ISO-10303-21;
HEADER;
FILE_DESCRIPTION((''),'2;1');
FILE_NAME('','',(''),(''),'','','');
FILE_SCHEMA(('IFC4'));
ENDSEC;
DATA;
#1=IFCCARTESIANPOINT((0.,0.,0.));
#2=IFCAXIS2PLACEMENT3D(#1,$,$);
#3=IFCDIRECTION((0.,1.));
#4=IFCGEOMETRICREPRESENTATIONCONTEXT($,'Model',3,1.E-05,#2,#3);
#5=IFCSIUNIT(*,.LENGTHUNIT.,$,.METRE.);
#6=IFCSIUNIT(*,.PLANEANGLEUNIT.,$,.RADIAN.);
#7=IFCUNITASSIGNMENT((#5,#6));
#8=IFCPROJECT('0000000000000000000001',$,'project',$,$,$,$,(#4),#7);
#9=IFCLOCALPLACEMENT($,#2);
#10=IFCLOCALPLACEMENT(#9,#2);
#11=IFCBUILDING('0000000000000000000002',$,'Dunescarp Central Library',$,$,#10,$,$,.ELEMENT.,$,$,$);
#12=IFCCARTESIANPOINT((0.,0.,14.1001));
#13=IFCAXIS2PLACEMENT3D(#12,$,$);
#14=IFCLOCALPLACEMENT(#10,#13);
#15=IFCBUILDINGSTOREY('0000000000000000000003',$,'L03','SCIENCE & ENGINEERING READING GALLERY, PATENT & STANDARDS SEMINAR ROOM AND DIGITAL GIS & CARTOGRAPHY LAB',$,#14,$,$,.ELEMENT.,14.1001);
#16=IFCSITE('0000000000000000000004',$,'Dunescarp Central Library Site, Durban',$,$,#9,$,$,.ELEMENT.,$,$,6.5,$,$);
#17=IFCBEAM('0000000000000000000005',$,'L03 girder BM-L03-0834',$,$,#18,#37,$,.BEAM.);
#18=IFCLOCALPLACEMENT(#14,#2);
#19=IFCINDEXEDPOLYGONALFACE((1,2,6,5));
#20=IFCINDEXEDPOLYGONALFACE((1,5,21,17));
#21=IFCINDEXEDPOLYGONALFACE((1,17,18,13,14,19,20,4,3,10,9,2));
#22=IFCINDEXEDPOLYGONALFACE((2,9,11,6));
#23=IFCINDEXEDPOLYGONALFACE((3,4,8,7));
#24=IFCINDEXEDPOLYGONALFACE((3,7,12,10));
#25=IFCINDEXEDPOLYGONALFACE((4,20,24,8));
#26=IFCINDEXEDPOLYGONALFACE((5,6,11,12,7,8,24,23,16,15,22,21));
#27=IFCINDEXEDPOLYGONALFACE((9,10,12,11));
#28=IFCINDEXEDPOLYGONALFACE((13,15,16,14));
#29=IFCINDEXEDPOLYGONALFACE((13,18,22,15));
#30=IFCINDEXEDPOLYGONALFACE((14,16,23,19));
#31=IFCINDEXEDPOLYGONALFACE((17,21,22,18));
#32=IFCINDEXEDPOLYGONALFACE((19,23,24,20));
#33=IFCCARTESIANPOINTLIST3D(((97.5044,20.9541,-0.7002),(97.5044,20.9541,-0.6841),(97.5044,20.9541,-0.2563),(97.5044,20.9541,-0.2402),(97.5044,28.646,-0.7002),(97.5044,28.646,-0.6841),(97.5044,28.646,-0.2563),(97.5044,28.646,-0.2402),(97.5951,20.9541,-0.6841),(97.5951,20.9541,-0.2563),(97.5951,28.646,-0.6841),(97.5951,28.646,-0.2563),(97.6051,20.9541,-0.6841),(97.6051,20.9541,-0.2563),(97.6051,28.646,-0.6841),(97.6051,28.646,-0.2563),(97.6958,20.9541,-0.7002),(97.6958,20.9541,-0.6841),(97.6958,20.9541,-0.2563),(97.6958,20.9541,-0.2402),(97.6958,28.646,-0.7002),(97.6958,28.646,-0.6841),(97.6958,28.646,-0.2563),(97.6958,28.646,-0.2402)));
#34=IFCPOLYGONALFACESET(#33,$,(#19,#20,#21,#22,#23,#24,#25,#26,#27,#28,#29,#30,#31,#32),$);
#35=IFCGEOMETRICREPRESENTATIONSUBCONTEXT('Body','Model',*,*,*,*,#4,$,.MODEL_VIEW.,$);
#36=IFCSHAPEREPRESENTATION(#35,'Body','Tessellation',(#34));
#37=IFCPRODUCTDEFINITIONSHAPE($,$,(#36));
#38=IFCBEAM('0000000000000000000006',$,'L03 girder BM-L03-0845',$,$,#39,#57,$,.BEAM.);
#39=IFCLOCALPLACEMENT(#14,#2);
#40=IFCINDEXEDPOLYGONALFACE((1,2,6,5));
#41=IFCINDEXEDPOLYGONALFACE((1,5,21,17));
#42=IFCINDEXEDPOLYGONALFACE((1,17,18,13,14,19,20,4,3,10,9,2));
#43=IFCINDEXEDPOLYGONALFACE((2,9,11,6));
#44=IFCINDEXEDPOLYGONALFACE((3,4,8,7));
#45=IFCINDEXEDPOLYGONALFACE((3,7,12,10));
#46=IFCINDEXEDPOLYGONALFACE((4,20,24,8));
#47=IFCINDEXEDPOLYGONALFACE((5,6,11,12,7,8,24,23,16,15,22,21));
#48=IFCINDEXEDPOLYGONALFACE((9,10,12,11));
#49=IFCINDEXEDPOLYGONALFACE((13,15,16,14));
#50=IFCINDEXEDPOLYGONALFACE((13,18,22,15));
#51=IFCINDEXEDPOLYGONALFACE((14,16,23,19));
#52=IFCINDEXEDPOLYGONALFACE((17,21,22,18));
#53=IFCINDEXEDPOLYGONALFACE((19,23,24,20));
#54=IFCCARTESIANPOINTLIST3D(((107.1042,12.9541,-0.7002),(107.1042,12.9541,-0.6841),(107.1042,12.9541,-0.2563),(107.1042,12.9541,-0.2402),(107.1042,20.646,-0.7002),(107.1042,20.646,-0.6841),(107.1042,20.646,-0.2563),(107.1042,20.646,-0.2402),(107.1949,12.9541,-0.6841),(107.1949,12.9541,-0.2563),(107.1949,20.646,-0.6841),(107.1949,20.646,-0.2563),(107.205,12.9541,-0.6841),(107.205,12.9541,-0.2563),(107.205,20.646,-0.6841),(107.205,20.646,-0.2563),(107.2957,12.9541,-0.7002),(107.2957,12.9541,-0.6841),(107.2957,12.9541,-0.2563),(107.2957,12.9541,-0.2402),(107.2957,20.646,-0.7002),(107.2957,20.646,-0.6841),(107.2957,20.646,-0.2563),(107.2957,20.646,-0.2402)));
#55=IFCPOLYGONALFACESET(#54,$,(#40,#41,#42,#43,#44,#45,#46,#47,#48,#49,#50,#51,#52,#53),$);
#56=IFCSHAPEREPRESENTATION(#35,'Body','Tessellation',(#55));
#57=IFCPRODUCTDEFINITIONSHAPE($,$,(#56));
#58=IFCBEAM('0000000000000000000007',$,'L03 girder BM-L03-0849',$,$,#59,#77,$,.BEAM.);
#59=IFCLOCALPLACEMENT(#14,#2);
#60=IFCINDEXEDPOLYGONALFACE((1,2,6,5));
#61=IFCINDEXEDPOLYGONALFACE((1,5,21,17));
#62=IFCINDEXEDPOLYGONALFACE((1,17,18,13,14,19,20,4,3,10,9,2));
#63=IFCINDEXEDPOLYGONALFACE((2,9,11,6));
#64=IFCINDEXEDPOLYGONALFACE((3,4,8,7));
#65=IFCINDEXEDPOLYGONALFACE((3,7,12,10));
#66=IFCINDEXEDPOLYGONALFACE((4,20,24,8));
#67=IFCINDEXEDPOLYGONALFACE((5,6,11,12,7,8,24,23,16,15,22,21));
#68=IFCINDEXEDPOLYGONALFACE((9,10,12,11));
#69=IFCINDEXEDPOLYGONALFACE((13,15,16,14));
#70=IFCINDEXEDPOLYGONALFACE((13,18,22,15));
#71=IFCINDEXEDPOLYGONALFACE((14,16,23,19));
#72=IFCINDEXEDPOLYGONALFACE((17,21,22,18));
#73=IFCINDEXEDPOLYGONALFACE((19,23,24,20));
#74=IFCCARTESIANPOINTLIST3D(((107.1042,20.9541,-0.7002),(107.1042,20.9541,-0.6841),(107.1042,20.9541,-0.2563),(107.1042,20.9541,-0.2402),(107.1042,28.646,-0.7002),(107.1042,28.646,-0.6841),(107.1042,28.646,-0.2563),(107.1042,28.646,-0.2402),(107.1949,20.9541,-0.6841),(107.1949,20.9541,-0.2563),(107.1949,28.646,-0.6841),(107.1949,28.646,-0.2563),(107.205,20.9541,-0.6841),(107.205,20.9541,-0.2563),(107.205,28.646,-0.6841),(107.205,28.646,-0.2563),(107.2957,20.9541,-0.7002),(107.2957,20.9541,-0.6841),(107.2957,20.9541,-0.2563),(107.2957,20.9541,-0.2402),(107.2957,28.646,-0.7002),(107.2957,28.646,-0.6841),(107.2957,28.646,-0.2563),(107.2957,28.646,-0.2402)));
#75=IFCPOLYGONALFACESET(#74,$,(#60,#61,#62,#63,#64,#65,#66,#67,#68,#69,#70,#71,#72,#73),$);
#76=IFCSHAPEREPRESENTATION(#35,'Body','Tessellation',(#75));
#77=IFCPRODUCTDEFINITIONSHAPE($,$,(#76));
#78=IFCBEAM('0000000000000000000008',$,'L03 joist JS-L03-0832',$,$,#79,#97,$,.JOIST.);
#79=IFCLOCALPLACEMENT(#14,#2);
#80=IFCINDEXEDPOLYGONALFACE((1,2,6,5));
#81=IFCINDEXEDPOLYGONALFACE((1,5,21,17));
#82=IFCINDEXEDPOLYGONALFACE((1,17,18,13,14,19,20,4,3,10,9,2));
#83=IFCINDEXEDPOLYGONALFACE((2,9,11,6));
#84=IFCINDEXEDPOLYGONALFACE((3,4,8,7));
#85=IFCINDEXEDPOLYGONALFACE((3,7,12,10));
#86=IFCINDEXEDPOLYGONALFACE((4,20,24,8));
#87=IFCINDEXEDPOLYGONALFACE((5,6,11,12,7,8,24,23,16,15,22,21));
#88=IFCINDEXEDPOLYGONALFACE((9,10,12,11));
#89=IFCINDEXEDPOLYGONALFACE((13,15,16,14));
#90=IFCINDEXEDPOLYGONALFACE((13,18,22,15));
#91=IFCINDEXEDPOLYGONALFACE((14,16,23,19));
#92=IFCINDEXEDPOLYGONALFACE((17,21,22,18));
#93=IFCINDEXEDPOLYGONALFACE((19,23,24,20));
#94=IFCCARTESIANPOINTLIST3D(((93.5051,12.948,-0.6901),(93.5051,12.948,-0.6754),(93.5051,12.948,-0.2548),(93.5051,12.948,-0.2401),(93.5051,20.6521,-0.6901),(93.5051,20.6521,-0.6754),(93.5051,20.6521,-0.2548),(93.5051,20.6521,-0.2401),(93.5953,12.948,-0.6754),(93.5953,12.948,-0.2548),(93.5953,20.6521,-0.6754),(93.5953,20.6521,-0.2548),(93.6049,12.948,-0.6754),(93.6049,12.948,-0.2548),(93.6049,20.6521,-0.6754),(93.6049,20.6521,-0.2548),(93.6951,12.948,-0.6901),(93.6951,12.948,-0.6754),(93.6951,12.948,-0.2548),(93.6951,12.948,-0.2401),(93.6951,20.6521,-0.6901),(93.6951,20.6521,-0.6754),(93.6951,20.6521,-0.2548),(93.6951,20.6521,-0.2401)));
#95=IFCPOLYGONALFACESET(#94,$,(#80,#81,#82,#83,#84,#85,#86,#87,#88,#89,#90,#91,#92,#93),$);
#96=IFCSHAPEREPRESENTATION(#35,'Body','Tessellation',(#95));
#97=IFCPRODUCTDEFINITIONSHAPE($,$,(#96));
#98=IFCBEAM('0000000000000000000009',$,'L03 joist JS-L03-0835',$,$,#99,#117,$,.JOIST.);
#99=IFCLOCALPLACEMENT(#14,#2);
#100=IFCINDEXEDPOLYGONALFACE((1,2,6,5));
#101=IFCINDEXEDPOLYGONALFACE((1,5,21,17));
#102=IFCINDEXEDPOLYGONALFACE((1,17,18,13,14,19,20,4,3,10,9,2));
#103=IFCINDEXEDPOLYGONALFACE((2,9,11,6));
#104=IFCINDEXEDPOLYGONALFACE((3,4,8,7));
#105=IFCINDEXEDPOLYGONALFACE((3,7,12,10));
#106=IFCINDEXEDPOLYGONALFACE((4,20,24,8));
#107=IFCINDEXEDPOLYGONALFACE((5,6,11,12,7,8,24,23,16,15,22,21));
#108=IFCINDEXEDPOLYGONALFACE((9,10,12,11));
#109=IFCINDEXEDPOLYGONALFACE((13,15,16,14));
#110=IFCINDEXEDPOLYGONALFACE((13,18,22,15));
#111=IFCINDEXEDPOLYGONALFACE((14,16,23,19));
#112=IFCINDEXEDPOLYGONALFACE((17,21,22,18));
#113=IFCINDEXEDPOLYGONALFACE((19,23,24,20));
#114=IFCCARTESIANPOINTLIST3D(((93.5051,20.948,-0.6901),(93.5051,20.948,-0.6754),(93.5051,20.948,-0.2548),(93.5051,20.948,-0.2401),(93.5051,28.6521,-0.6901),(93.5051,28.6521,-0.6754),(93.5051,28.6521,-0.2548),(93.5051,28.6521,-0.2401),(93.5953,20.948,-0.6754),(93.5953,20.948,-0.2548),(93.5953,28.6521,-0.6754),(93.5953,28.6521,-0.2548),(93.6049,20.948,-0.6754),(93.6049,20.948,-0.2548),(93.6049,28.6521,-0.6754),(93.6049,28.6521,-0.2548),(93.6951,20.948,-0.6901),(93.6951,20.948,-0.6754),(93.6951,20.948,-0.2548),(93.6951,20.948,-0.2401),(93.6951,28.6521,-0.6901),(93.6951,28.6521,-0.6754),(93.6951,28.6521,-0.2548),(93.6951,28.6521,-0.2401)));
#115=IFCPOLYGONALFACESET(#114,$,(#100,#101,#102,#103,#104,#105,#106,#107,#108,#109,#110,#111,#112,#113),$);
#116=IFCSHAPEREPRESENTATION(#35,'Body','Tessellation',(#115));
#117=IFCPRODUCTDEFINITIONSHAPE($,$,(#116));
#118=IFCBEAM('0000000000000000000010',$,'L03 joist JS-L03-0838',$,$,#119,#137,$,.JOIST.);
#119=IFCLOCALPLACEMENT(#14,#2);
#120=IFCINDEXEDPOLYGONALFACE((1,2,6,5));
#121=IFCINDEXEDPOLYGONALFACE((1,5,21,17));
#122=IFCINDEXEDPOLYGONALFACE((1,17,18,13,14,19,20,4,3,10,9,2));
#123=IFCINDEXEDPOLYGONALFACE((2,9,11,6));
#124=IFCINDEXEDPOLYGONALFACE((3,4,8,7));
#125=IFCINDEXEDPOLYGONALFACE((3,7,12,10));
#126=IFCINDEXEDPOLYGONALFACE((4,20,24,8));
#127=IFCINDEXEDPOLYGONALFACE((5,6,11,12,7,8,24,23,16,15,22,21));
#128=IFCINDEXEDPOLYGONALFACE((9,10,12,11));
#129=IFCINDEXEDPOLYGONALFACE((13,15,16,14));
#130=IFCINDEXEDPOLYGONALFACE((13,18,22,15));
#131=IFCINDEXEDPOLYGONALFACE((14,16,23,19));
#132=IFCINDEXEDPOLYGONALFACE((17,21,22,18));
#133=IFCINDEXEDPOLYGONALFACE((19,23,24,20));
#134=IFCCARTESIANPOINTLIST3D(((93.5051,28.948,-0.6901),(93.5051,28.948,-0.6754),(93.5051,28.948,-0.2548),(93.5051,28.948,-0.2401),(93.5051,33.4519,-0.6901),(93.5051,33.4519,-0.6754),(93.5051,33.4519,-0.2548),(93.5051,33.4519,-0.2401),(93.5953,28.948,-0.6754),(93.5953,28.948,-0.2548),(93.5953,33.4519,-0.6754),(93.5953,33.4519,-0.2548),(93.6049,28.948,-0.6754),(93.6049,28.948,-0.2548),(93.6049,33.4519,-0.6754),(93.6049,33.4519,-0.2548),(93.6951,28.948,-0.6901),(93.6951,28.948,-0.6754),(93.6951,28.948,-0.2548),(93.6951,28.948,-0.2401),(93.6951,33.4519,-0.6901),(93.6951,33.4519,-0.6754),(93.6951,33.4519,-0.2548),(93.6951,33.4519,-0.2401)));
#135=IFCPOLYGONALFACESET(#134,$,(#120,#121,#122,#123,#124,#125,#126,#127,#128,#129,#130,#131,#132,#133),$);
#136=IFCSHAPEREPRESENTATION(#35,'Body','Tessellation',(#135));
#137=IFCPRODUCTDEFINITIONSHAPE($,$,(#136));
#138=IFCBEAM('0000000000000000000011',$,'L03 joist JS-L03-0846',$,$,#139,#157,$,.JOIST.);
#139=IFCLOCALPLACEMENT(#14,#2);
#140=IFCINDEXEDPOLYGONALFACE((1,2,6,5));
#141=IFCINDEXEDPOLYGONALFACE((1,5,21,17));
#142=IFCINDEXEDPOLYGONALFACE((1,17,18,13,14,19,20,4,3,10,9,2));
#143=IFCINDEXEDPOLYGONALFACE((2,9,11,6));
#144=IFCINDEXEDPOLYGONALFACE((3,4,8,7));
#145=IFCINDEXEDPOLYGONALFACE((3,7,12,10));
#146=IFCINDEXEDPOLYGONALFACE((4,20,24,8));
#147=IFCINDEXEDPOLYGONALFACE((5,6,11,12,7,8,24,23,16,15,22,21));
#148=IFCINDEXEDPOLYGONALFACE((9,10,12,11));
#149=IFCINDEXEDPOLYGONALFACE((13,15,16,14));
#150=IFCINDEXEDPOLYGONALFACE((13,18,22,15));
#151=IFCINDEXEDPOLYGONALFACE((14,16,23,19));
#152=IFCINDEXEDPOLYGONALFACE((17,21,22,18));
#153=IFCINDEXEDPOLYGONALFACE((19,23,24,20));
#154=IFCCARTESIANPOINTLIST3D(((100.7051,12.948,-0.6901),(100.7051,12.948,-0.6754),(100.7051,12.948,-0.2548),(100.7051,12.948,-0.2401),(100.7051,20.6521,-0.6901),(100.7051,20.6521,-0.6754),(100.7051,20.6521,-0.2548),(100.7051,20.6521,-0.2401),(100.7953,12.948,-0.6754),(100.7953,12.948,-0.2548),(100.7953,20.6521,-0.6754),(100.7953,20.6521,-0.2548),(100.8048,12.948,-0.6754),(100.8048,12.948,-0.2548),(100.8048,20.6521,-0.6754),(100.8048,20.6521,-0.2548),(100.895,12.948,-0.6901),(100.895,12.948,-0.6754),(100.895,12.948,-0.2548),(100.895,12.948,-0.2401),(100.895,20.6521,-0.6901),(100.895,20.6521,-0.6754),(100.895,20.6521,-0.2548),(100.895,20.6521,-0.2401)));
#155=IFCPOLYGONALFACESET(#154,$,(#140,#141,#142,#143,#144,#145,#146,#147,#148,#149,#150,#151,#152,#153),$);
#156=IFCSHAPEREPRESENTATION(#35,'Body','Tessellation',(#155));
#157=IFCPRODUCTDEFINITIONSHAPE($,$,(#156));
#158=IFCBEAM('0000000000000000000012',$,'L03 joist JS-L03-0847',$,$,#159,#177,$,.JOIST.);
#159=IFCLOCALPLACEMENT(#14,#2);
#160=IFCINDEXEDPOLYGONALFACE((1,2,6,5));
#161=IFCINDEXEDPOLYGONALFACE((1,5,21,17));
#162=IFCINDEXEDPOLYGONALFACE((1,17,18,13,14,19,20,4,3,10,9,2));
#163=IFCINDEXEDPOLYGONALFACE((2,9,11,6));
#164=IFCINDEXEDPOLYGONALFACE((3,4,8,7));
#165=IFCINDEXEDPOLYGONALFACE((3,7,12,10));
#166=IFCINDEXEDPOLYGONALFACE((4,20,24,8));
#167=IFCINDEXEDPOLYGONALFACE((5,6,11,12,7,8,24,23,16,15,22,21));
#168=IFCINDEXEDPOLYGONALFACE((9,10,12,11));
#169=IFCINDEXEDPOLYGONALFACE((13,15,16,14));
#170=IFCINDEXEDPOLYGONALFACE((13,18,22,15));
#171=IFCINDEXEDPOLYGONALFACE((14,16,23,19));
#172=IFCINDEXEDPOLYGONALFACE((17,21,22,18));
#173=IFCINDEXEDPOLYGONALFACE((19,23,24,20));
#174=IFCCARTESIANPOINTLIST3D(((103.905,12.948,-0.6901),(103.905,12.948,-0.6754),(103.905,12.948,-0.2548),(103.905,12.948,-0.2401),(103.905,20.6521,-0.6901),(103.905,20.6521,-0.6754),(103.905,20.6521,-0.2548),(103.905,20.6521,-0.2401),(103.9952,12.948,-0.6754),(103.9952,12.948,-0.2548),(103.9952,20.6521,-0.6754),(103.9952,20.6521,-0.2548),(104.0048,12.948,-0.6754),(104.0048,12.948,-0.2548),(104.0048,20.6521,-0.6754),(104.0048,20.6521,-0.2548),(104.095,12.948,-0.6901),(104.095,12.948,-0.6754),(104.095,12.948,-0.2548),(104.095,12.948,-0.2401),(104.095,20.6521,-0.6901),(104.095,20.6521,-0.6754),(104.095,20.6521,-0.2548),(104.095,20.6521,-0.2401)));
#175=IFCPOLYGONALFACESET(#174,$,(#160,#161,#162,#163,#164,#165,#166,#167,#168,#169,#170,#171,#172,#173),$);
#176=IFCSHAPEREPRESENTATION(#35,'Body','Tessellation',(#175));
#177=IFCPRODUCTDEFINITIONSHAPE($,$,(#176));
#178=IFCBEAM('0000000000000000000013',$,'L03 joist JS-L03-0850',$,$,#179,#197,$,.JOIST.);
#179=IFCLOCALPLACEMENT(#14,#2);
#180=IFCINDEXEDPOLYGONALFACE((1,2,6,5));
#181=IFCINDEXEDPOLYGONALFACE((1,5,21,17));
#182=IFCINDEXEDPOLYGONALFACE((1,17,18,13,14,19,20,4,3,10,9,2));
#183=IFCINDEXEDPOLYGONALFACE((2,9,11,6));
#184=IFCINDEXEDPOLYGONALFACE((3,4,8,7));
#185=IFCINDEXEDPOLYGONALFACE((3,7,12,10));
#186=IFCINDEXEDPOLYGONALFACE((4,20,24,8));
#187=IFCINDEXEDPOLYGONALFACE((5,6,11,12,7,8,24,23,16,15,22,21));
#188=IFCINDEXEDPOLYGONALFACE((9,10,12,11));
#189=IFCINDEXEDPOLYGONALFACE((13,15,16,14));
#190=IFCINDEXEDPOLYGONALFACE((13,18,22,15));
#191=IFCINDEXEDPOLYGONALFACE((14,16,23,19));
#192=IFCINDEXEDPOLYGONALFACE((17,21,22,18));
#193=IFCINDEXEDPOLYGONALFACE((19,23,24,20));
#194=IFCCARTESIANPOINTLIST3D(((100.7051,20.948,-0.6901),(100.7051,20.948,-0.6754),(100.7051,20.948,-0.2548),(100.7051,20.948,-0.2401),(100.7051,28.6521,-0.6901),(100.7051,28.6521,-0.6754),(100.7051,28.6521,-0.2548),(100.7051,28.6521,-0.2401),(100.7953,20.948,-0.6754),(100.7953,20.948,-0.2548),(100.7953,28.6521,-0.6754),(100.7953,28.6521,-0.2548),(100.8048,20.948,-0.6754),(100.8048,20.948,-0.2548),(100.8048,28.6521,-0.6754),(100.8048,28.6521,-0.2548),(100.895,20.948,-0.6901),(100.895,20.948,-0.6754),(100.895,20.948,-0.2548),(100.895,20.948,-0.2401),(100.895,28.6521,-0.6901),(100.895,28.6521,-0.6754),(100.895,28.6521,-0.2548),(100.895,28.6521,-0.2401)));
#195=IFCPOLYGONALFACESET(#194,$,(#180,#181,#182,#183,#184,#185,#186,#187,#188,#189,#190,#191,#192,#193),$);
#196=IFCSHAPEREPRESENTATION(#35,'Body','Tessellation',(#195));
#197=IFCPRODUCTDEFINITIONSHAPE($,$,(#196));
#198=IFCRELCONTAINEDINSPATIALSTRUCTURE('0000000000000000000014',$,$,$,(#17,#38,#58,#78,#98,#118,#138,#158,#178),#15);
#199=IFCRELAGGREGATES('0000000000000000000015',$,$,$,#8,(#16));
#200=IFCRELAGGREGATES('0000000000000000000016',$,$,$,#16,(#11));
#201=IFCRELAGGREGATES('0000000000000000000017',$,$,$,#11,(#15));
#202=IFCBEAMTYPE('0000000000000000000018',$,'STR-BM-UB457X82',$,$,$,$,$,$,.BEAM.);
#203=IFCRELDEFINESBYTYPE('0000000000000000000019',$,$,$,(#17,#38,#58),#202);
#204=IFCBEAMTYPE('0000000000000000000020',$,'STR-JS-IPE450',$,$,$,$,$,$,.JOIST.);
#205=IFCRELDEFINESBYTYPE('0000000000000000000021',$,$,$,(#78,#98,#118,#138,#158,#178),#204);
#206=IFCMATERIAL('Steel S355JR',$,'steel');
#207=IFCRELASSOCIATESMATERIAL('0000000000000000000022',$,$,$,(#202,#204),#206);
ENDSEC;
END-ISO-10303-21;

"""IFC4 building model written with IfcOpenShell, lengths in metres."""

from ifc_helpers import new_model, si_unit, direction, frame, origin, origin_2d, place, context, subcontext, project, spatial, i_section, extrude, material, material_profile, profile_set, type_object, element, save


model = new_model("IFC4")

# Units and contexts
model_context = context("Model", 3, precision=1e-05, world=origin(), true_north=direction((0.0, 1.0)))
body_context = subcontext(model_context, "Body", "Model", "MODEL_VIEW")
ifc_project = project(units=[si_unit("LENGTHUNIT", "METRE"), si_unit("PLANEANGLEUNIT", "RADIAN")], contexts=[model_context])

# Site, building, storey
site_placement = place(None, origin())
site = spatial("IfcSite", under=ifc_project, at=site_placement, Name="Dunescarp Central Library Site, Durban", CompositionType="ELEMENT", RefElevation=6.5)
building_placement = place(site_placement, origin())
building = spatial("IfcBuilding", under=site, at=building_placement, Name="Dunescarp Central Library", CompositionType="ELEMENT")
storey_placement = place(building_placement, frame((0.0, 0.0, 14.1001)))
storey = spatial("IfcBuildingStorey", under=building, at=storey_placement, Name="L03", Description="SCIENCE & ENGINEERING READING GALLERY, PATENT & STANDARDS SEMINAR ROOM AND DIGITAL GIS & CARTOGRAPHY LAB", CompositionType="ELEMENT", Elevation=14.1001)

# Shared definitions
ifc_material = material(Name="Steel S355JR", Category="steel")

# Beams
ifc_material_profile_1 = material_profile(ifc_material, i_section(OverallWidth=0.1914, OverallDepth=0.46, WebThickness=0.01, FlangeThickness=0.0161, at=origin_2d()), Name="UB 457x191x82")
ifc_profile_set_1 = profile_set([ifc_material_profile_1], Name="Steel S355JR")
beam_type_1 = type_object("IfcBeamType", Name="STR-BM-UB457X82", PredefinedType="BEAM", material=ifc_profile_set_1)
for number, where, z_axis, x_axis, name in (
    (1, (97.6001, 20.9541, -0.4702), (0.0, 1.0, 0.0), (-1.0, 0.0, 0.0), "L03 girder BM-L03-0834"),
    (2, (107.2, 12.9541, -0.4702), (0.0, 1.0, 0.0), (-1.0, 0.0, 0.0), "L03 girder BM-L03-0845"),
    (3, (107.2, 20.9541, -0.4702), (0.0, 1.0, 0.0), (-1.0, 0.0, 0.0), "L03 girder BM-L03-0849"),
):
    element("IfcBeam", number, at=place(storey_placement, frame(where, z_axis=z_axis, x_axis=x_axis)), inside=storey, type_object=beam_type_1, Name=name, PredefinedType="BEAM", context=body_context, shape_type="SweptSolid", body=[
        extrude(i_section(OverallWidth=0.1914, OverallDepth=0.46, WebThickness=0.01, FlangeThickness=0.0161, at=origin_2d()), origin(), (0.0, 0.0, 1.0), 7.6919),
    ])
ifc_material_profile_2 = material_profile(ifc_material, i_section(OverallWidth=0.1899, OverallDepth=0.45, WebThickness=0.0095, FlangeThickness=0.0146, at=origin_2d()), Name="IPE 450")
ifc_profile_set_2 = profile_set([ifc_material_profile_2], Name="Steel S355JR")
beam_type_2 = type_object("IfcBeamType", Name="STR-JS-IPE450", PredefinedType="JOIST", material=ifc_profile_set_2)
for number, where, z_axis, x_axis, name in (
    (4, (93.6001, 12.948, -0.4651), (0.0, 1.0, 0.0), (-1.0, 0.0, 0.0), "L03 joist JS-L03-0832"),
    (5, (93.6001, 20.948, -0.4651), (0.0, 1.0, 0.0), (-1.0, 0.0, 0.0), "L03 joist JS-L03-0835"),
):
    element("IfcBeam", number, at=place(storey_placement, frame(where, z_axis=z_axis, x_axis=x_axis)), inside=storey, type_object=beam_type_2, Name=name, PredefinedType="JOIST", context=body_context, shape_type="SweptSolid", body=[
        extrude(i_section(OverallWidth=0.1899, OverallDepth=0.45, WebThickness=0.0095, FlangeThickness=0.0146, at=origin_2d()), origin(), (0.0, 0.0, 1.0), 7.7041),
    ])
beam_1_placement = place(storey_placement, frame((93.6001, 28.948, -0.4651), z_axis=(0.0, 1.0, 0.0), x_axis=(-1.0, 0.0, 0.0)))
element("IfcBeam", 6, at=beam_1_placement, inside=storey, type_object=beam_type_2, Name="L03 joist JS-L03-0838", PredefinedType="JOIST", context=body_context, shape_type="SweptSolid", body=[
    extrude(i_section(OverallWidth=0.1899, OverallDepth=0.45, WebThickness=0.0095, FlangeThickness=0.0146, at=origin_2d()), origin(), (0.0, 0.0, 1.0), 4.5039),
])
for number, where, z_axis, x_axis, name in (
    (7, (100.8, 12.948, -0.4651), (0.0, 1.0, 0.0), (-1.0, 0.0, 0.0), "L03 joist JS-L03-0846"),
    (8, (104.0, 12.948, -0.4651), (0.0, 1.0, 0.0), (-1.0, 0.0, 0.0), "L03 joist JS-L03-0847"),
    (9, (100.8, 20.948, -0.4651), (0.0, 1.0, 0.0), (-1.0, 0.0, 0.0), "L03 joist JS-L03-0850"),
):
    element("IfcBeam", number, at=place(storey_placement, frame(where, z_axis=z_axis, x_axis=x_axis)), inside=storey, type_object=beam_type_2, Name=name, PredefinedType="JOIST", context=body_context, shape_type="SweptSolid", body=[
        extrude(i_section(OverallWidth=0.1899, OverallDepth=0.45, WebThickness=0.0095, FlangeThickness=0.0146, at=origin_2d()), origin(), (0.0, 0.0, 1.0), 7.7041),
    ])

save(model, "model.ifc")
